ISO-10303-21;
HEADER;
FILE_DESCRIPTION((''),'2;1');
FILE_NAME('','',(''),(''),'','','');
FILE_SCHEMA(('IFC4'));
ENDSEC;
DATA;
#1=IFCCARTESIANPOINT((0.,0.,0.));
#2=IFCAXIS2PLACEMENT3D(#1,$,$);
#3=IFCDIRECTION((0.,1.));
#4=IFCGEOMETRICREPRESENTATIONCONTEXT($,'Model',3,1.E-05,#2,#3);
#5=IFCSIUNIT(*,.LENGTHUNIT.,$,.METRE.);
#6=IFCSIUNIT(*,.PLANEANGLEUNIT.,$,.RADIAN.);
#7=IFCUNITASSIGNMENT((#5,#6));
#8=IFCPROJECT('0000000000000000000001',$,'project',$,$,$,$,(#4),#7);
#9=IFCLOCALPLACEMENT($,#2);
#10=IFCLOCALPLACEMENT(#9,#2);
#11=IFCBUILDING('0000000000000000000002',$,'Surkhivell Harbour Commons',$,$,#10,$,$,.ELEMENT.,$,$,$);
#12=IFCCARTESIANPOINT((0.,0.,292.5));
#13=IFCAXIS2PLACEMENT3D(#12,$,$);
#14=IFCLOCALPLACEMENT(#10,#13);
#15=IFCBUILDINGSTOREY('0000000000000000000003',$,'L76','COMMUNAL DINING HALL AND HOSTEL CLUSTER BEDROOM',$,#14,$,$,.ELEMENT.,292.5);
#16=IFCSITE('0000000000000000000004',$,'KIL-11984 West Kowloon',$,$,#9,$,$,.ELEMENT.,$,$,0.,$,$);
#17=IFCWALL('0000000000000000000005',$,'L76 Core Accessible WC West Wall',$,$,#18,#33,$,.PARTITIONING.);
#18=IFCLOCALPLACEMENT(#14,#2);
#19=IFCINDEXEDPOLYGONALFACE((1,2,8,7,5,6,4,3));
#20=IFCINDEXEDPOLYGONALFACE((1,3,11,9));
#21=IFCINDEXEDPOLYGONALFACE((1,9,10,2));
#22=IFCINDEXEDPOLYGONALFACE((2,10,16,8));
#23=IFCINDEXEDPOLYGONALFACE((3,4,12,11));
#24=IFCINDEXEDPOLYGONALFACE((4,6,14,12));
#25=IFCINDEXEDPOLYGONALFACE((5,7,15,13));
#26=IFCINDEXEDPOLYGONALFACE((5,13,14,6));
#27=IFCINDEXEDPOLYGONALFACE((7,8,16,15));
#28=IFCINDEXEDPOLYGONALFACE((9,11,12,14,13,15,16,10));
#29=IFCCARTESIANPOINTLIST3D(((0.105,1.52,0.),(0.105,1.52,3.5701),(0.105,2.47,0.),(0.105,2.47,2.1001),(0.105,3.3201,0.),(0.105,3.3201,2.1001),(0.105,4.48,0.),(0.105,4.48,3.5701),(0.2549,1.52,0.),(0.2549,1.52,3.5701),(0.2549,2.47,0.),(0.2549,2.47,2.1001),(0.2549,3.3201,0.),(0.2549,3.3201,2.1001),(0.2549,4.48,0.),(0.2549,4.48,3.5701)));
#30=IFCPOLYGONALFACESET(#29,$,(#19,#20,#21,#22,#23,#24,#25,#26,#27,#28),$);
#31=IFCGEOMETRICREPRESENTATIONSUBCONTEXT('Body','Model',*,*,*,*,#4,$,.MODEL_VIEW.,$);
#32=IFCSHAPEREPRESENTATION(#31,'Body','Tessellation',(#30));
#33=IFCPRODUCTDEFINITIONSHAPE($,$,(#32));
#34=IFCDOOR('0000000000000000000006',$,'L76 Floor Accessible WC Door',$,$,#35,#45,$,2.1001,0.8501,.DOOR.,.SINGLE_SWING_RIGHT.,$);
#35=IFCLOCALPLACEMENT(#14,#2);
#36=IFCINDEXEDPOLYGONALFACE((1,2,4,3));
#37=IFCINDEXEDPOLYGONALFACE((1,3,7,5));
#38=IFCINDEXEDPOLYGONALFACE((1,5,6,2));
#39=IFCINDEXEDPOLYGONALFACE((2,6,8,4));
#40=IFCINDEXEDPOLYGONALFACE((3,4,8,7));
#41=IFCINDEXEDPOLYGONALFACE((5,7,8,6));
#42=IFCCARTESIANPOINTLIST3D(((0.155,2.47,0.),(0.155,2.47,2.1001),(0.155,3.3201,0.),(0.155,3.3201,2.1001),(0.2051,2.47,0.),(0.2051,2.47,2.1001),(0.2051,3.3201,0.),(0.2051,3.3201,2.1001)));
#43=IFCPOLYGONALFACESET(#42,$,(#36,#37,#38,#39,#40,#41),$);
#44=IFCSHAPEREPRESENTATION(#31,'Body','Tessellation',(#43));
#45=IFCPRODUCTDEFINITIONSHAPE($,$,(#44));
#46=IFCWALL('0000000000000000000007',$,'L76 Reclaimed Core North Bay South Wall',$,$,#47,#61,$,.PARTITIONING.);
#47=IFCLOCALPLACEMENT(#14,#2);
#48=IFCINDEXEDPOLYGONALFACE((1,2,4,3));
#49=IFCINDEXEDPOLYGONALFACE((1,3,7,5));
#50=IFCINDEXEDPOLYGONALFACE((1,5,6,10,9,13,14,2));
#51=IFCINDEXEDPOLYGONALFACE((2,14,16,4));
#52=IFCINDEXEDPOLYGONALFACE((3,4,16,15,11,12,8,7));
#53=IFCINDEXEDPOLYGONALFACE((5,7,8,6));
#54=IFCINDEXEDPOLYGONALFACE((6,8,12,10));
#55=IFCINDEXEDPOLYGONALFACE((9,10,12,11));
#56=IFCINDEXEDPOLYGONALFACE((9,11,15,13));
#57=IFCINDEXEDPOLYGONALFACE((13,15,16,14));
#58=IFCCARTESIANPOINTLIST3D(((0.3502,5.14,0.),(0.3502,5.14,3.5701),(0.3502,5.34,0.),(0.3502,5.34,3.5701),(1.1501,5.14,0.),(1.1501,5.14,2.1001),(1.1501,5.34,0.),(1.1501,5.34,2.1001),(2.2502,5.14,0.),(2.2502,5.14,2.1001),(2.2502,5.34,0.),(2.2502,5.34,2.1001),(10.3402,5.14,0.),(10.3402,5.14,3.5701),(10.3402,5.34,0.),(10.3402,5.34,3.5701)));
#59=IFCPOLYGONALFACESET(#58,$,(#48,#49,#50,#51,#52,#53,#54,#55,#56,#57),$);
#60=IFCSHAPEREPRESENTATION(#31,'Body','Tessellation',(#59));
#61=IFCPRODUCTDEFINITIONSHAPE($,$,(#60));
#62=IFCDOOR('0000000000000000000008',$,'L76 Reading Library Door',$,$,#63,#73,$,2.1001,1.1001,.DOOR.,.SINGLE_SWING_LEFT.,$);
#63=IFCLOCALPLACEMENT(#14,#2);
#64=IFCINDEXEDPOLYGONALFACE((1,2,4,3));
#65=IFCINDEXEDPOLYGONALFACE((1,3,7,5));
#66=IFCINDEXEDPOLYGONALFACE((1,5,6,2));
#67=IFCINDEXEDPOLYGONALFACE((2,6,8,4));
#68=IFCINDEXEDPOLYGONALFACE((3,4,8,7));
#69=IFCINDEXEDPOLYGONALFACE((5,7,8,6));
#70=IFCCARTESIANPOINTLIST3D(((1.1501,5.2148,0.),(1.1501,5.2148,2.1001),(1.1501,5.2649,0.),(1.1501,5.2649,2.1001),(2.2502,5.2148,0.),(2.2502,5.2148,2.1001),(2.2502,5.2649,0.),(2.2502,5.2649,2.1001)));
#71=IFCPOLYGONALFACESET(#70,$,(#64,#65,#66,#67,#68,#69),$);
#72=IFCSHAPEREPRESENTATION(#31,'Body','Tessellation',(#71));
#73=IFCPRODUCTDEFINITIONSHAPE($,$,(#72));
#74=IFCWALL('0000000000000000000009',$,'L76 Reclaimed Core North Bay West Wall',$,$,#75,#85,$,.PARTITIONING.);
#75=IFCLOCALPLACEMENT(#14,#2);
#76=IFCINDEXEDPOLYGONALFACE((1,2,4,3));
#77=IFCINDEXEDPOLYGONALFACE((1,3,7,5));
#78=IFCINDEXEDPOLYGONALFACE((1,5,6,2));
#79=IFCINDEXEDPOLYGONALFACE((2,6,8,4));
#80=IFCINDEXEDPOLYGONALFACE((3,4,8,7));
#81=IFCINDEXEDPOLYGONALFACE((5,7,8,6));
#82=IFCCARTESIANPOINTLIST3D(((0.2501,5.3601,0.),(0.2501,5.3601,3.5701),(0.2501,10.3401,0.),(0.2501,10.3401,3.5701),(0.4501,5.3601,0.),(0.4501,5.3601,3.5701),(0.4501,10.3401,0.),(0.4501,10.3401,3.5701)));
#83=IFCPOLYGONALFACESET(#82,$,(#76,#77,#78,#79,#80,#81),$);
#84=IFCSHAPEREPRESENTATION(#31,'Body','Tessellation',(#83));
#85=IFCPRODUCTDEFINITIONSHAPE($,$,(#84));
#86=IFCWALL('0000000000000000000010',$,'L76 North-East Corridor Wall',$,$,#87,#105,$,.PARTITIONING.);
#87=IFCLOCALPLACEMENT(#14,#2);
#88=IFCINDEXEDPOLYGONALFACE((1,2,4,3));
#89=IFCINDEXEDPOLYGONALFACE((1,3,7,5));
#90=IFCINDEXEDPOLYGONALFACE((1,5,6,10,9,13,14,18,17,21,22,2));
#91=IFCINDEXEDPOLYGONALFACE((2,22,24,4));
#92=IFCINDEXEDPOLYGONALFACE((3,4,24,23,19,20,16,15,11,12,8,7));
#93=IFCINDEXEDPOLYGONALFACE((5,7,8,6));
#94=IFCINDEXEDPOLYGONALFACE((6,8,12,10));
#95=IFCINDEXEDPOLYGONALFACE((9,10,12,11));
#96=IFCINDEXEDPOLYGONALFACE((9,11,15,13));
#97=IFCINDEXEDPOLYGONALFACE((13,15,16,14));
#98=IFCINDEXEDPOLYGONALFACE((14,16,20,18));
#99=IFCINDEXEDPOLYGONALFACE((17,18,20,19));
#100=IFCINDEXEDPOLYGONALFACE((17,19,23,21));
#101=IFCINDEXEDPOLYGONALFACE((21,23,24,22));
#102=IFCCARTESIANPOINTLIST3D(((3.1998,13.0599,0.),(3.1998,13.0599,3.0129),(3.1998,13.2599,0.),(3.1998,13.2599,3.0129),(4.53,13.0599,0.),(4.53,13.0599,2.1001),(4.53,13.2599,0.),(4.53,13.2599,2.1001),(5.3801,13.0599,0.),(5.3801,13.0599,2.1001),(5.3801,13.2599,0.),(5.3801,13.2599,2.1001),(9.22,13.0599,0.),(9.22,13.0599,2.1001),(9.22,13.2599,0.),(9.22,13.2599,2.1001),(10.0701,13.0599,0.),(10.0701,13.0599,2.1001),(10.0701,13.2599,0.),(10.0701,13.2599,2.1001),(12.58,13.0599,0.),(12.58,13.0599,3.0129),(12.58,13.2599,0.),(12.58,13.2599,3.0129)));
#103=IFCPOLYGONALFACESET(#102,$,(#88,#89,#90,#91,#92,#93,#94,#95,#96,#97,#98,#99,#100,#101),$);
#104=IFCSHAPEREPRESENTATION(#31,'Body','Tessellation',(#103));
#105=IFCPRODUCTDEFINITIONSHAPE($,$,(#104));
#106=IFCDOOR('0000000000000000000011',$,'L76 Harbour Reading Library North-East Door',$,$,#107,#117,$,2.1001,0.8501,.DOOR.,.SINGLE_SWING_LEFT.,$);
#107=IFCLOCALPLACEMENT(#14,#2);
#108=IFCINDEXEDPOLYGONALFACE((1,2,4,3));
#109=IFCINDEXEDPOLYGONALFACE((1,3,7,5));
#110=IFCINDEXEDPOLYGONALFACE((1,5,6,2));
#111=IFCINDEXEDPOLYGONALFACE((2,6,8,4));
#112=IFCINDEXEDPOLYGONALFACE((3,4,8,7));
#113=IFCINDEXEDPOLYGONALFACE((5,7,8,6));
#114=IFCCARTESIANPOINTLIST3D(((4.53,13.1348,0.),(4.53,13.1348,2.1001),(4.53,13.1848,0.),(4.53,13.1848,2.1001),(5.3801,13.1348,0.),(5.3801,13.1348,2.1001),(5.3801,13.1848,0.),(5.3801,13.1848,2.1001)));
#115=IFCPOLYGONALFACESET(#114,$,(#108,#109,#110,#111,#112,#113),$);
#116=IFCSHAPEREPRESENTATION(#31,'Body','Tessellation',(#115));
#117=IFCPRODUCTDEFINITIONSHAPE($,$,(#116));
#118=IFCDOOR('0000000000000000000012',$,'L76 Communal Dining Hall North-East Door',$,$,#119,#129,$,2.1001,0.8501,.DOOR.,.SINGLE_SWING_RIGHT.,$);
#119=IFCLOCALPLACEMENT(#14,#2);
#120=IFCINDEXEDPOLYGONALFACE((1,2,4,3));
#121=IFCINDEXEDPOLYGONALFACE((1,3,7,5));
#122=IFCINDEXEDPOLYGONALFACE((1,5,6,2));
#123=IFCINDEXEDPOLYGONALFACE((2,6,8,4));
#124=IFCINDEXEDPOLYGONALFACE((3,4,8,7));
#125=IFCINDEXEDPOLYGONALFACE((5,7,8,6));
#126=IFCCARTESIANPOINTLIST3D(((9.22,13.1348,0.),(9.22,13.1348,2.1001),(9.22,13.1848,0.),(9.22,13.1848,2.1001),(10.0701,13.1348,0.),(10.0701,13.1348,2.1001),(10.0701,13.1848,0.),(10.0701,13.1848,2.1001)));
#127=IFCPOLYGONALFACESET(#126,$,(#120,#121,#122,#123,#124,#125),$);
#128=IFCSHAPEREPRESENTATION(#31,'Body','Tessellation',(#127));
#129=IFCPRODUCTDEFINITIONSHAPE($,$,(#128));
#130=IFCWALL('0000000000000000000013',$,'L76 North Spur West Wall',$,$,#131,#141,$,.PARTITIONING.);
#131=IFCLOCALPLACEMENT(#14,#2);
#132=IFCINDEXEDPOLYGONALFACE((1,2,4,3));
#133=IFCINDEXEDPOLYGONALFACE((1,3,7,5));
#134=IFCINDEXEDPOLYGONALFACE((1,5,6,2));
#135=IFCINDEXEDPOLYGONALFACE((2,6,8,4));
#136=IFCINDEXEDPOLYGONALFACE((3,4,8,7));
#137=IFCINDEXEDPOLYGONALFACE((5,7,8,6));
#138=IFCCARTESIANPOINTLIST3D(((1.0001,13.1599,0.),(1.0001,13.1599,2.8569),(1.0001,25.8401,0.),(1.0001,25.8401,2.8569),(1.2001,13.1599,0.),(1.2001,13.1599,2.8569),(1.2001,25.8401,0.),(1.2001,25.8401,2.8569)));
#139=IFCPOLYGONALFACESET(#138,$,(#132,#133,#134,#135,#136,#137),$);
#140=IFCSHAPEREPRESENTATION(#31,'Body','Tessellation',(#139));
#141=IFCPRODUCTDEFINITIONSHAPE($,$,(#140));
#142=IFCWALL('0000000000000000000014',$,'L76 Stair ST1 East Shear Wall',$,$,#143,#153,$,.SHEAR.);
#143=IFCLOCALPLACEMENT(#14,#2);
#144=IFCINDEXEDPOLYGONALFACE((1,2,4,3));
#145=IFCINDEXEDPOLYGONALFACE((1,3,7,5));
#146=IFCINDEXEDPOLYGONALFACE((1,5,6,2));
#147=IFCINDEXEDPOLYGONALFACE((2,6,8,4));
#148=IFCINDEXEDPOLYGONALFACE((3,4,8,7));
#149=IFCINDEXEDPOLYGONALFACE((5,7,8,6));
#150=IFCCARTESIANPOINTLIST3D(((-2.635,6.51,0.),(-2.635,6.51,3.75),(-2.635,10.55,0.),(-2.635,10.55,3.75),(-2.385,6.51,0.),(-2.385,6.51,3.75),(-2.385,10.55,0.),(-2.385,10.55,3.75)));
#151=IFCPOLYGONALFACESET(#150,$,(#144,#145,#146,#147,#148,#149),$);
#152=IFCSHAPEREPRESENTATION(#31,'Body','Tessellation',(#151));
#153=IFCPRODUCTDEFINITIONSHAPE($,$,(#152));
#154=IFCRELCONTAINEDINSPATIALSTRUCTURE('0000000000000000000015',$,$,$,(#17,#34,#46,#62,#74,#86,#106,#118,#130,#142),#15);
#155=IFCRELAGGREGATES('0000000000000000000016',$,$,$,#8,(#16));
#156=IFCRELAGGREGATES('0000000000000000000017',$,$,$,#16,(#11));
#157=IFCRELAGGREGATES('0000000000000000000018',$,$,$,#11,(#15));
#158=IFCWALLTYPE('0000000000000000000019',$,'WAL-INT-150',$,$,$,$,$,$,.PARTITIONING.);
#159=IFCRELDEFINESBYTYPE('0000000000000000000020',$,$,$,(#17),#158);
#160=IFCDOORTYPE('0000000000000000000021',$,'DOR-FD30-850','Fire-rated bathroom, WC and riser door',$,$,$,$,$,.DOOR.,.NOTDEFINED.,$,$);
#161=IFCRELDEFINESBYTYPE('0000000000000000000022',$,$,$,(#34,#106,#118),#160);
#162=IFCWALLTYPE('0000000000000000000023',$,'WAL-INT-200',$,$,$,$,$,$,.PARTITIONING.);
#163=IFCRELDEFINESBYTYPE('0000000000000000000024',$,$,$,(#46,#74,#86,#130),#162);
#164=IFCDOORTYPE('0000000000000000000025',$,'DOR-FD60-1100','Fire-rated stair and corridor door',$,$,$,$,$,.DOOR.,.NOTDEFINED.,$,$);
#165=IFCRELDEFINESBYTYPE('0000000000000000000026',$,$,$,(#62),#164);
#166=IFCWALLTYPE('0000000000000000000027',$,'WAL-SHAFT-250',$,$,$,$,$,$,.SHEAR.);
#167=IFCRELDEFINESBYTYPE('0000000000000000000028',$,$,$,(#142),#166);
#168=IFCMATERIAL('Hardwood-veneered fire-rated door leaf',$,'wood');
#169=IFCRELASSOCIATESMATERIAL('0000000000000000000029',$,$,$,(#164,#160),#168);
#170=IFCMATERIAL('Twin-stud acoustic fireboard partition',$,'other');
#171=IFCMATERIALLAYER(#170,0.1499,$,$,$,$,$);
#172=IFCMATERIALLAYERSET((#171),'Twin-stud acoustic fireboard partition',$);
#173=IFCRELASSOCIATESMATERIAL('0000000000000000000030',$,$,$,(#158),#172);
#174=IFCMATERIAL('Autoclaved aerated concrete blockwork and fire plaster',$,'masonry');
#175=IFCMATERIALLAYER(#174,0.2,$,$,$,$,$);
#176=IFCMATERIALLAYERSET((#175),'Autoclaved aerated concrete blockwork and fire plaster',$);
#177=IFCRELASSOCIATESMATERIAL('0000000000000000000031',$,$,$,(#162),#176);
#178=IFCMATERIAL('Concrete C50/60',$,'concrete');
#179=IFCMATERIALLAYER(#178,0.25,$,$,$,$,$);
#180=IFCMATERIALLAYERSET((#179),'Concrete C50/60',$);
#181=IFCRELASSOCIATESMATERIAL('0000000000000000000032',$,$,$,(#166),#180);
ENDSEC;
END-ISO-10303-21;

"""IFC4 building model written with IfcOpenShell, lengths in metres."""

from ifc_helpers import new_model, si_unit, direction, frame, frame_2d, origin, place, context, subcontext, project, spatial, rectangle, extrude, material, layer, layer_set, type_object, element, fill, save


model = new_model("IFC4")

# Units and contexts
model_context = context("Model", 3, precision=1e-05, world=origin(), true_north=direction((0.0, 1.0)))
body_context = subcontext(model_context, "Body", "Model", "MODEL_VIEW")
ifc_project = project(units=[si_unit("LENGTHUNIT", "METRE"), si_unit("PLANEANGLEUNIT", "RADIAN")], contexts=[model_context])

# Site, building, storey
site_placement = place(None, origin())
site = spatial("IfcSite", under=ifc_project, at=site_placement, Name="KIL-11984 West Kowloon", CompositionType="ELEMENT", RefElevation=0.0)
building_placement = place(site_placement, origin())
building = spatial("IfcBuilding", under=site, at=building_placement, Name="Surkhivell Harbour Commons", CompositionType="ELEMENT")
storey_placement = place(building_placement, frame((0.0, 0.0, 292.5)))
storey = spatial("IfcBuildingStorey", under=building, at=storey_placement, Name="L76", Description="COMMUNAL DINING HALL AND HOSTEL CLUSTER BEDROOM", CompositionType="ELEMENT", Elevation=292.5)

# Shared definitions
ifc_material_1 = material(Name="Concrete C50/60", Category="concrete")
ifc_material_2 = material(Name="Hardwood-veneered fire-rated door leaf", Category="wood")
door_type_1 = type_object("IfcDoorType", Name="DOR-FD60-1100", Description="Fire-rated stair and corridor door", OperationType="NOTDEFINED", PredefinedType="DOOR", material=ifc_material_2)

# Shared definitions
ifc_material_3 = material(Name="Twin-stud acoustic fireboard partition", Category="other")
ifc_layer_1 = layer(ifc_material_3, 0.1499)
ifc_layer_set_1 = layer_set([ifc_layer_1], Name="Twin-stud acoustic fireboard partition")
wall_type_1 = type_object("IfcWallType", Name="WAL-INT-150", PredefinedType="PARTITIONING", material=ifc_layer_set_1)

# Walls, openings, doors
wall_1_placement = place(storey_placement, frame((0.1799, 1.52, 0.0), z_axis=(0.0, 0.0, 1.0), x_axis=(0.0, 1.0, 0.0)))
wall_1 = element("IfcWall", 1, at=wall_1_placement, inside=storey, type_object=wall_type_1, Name="L76 Core Accessible WC West Wall", PredefinedType="PARTITIONING", context=body_context, shape_type="SweptSolid", body=[
    extrude(rectangle(XDim=2.96, YDim=0.1499, at=frame_2d((1.48, 0.0))), origin(), (0.0, 0.0, 1.0), 3.5701),
])
opening_1_placement = place(wall_1_placement, frame((0.95, 0.0, 0.0)))
opening_1 = element("IfcOpeningElement", 2, at=opening_1_placement, cuts=wall_1, PredefinedType="OPENING", context=body_context, shape_type="SweptSolid", body=[
    extrude(rectangle(XDim=0.8501, YDim=2.1001, at=frame_2d((0.425, 1.05))), frame((0.0, 0.085, 0.0), z_axis=(0.0, -1.0, 0.0), x_axis=(1.0, 0.0, 0.0)), (0.0, 0.0, 1.0), 0.1699),
])
door_type_2 = type_object("IfcDoorType", Name="DOR-FD30-850", Description="Fire-rated bathroom, WC and riser door", OperationType="NOTDEFINED", PredefinedType="DOOR", material=ifc_material_2)
door_1_placement = place(opening_1_placement, origin())
door_1 = element("IfcDoor", 3, at=door_1_placement, inside=storey, type_object=door_type_2, Name="L76 Floor Accessible WC Door", OperationType="SINGLE_SWING_RIGHT", OverallHeight=2.1001, OverallWidth=0.8501, PredefinedType="DOOR", context=body_context, shape_type="SweptSolid", body=[
    extrude(rectangle(XDim=0.8501, YDim=2.1001, at=frame_2d((0.425, 1.05))), frame((0.0, 0.0249, 0.0), z_axis=(0.0, -1.0, 0.0), x_axis=(1.0, 0.0, 0.0)), (0.0, 0.0, 1.0), 0.05),
])
fill(opening_1, door_1)
ifc_material_4 = material(Name="Autoclaved aerated concrete blockwork and fire plaster", Category="masonry")
ifc_layer_2 = layer(ifc_material_4, 0.2)
ifc_layer_set_2 = layer_set([ifc_layer_2], Name="Autoclaved aerated concrete blockwork and fire plaster")
wall_type_2 = type_object("IfcWallType", Name="WAL-INT-200", PredefinedType="PARTITIONING", material=ifc_layer_set_2)
wall_2_placement = place(storey_placement, frame((0.3501, 5.24, 0.0), z_axis=(0.0, 0.0, 1.0), x_axis=(1.0, 0.0, 0.0)))
wall_2 = element("IfcWall", 4, at=wall_2_placement, inside=storey, type_object=wall_type_2, Name="L76 Reclaimed Core North Bay South Wall", PredefinedType="PARTITIONING", context=body_context, shape_type="SweptSolid", body=[
    extrude(rectangle(XDim=9.99, YDim=0.2, at=frame_2d((4.9951, 0.0))), origin(), (0.0, 0.0, 1.0), 3.5701),
])
opening_2_placement = place(wall_2_placement, frame((0.8, 0.0, 0.0)))
opening_2 = element("IfcOpeningElement", 5, at=opening_2_placement, cuts=wall_2, PredefinedType="OPENING", context=body_context, shape_type="SweptSolid", body=[
    extrude(rectangle(XDim=1.1001, YDim=2.1001, at=frame_2d((0.55, 1.05))), frame((0.0, 0.1099, 0.0), z_axis=(0.0, -1.0, 0.0), x_axis=(1.0, 0.0, 0.0)), (0.0, 0.0, 1.0), 0.22),
])
door_2_placement = place(opening_2_placement, origin())
door_2 = element("IfcDoor", 6, at=door_2_placement, inside=storey, type_object=door_type_1, Name="L76 Reading Library Door", OperationType="SINGLE_SWING_LEFT", OverallHeight=2.1001, OverallWidth=1.1001, PredefinedType="DOOR", context=body_context, shape_type="SweptSolid", body=[
    extrude(rectangle(XDim=1.1001, YDim=2.1001, at=frame_2d((0.55, 1.05))), frame((0.0, 0.0249, 0.0), z_axis=(0.0, -1.0, 0.0), x_axis=(1.0, 0.0, 0.0)), (0.0, 0.0, 1.0), 0.05),
])
fill(opening_2, door_2)

# Wall
wall_3_placement = place(storey_placement, frame((0.3501, 5.3601, 0.0), z_axis=(0.0, 0.0, 1.0), x_axis=(0.0, 1.0, 0.0)))
element("IfcWall", 7, at=wall_3_placement, inside=storey, type_object=wall_type_2, Name="L76 Reclaimed Core North Bay West Wall", PredefinedType="PARTITIONING", context=body_context, shape_type="SweptSolid", body=[
    extrude(rectangle(XDim=4.98, YDim=0.2, at=frame_2d((2.49, 0.0))), origin(), (0.0, 0.0, 1.0), 3.5701),
])

# Wall, openings, doors
wall_4_placement = place(storey_placement, frame((3.2, 13.1599, 0.0), z_axis=(0.0, 0.0, 1.0), x_axis=(1.0, 0.0, 0.0)))
wall_4 = element("IfcWall", 8, at=wall_4_placement, inside=storey, type_object=wall_type_2, Name="L76 North-East Corridor Wall", PredefinedType="PARTITIONING", context=body_context, shape_type="SweptSolid", body=[
    extrude(rectangle(XDim=9.3801, YDim=0.2, at=frame_2d((4.6899, 0.0))), origin(), (0.0, 0.0, 1.0), 3.0129),
])
opening_3_placement = place(wall_4_placement, frame((1.3301, 0.0, 0.0)))
opening_3 = element("IfcOpeningElement", 9, at=opening_3_placement, cuts=wall_4, PredefinedType="OPENING", context=body_context, shape_type="SweptSolid", body=[
    extrude(rectangle(XDim=0.8501, YDim=2.1001, at=frame_2d((0.425, 1.05))), frame((0.0, 0.1099, 0.0), z_axis=(0.0, -1.0, 0.0), x_axis=(1.0, 0.0, 0.0)), (0.0, 0.0, 1.0), 0.22),
])
opening_4_placement = place(wall_4_placement, frame((6.02, 0.0, 0.0)))
opening_4 = element("IfcOpeningElement", 10, at=opening_4_placement, cuts=wall_4, PredefinedType="OPENING", context=body_context, shape_type="SweptSolid", body=[
    extrude(rectangle(XDim=0.8501, YDim=2.1001, at=frame_2d((0.425, 1.05))), frame((0.0, 0.1099, 0.0), z_axis=(0.0, -1.0, 0.0), x_axis=(1.0, 0.0, 0.0)), (0.0, 0.0, 1.0), 0.22),
])
door_3_placement = place(opening_3_placement, origin())
door_3 = element("IfcDoor", 11, at=door_3_placement, inside=storey, type_object=door_type_2, Name="L76 Harbour Reading Library North-East Door", OperationType="SINGLE_SWING_LEFT", OverallHeight=2.1001, OverallWidth=0.8501, PredefinedType="DOOR", context=body_context, shape_type="SweptSolid", body=[
    extrude(rectangle(XDim=0.8501, YDim=2.1001, at=frame_2d((0.425, 1.05))), frame((0.0, 0.0249, 0.0), z_axis=(0.0, -1.0, 0.0), x_axis=(1.0, 0.0, 0.0)), (0.0, 0.0, 1.0), 0.05),
])
fill(opening_3, door_3)
door_4_placement = place(opening_4_placement, origin())
door_4 = element("IfcDoor", 12, at=door_4_placement, inside=storey, type_object=door_type_2, Name="L76 Communal Dining Hall North-East Door", OperationType="SINGLE_SWING_RIGHT", OverallHeight=2.1001, OverallWidth=0.8501, PredefinedType="DOOR", context=body_context, shape_type="SweptSolid", body=[
    extrude(rectangle(XDim=0.8501, YDim=2.1001, at=frame_2d((0.425, 1.05))), frame((0.0, 0.0249, 0.0), z_axis=(0.0, -1.0, 0.0), x_axis=(1.0, 0.0, 0.0)), (0.0, 0.0, 1.0), 0.05),
])
fill(opening_4, door_4)

# Walls
wall_5_placement = place(storey_placement, frame((1.1001, 13.1599, 0.0), z_axis=(0.0, 0.0, 1.0), x_axis=(0.0, 1.0, 0.0)))
element("IfcWall", 13, at=wall_5_placement, inside=storey, type_object=wall_type_2, Name="L76 North Spur West Wall", PredefinedType="PARTITIONING", context=body_context, shape_type="SweptSolid", body=[
    extrude(rectangle(XDim=12.6802, YDim=0.2, at=frame_2d((6.3401, 0.0))), origin(), (0.0, 0.0, 1.0), 2.8569),
])
ifc_layer_3 = layer(ifc_material_1, 0.25)
ifc_layer_set_3 = layer_set([ifc_layer_3], Name="Concrete C50/60")
wall_type_3 = type_object("IfcWallType", Name="WAL-SHAFT-250", PredefinedType="SHEAR", material=ifc_layer_set_3)
wall_6_placement = place(storey_placement, frame((-2.51, 6.51, 0.0), z_axis=(0.0, 0.0, 1.0), x_axis=(0.0, 1.0, 0.0)))
element("IfcWall", 14, at=wall_6_placement, inside=storey, type_object=wall_type_3, Name="L76 Stair ST1 East Shear Wall", PredefinedType="SHEAR", context=body_context, shape_type="SweptSolid", body=[
    extrude(rectangle(XDim=4.04, YDim=0.25, at=frame_2d((2.02, 0.0))), origin(), (0.0, 0.0, 1.0), 3.75),
])

save(model, "model.ifc")
